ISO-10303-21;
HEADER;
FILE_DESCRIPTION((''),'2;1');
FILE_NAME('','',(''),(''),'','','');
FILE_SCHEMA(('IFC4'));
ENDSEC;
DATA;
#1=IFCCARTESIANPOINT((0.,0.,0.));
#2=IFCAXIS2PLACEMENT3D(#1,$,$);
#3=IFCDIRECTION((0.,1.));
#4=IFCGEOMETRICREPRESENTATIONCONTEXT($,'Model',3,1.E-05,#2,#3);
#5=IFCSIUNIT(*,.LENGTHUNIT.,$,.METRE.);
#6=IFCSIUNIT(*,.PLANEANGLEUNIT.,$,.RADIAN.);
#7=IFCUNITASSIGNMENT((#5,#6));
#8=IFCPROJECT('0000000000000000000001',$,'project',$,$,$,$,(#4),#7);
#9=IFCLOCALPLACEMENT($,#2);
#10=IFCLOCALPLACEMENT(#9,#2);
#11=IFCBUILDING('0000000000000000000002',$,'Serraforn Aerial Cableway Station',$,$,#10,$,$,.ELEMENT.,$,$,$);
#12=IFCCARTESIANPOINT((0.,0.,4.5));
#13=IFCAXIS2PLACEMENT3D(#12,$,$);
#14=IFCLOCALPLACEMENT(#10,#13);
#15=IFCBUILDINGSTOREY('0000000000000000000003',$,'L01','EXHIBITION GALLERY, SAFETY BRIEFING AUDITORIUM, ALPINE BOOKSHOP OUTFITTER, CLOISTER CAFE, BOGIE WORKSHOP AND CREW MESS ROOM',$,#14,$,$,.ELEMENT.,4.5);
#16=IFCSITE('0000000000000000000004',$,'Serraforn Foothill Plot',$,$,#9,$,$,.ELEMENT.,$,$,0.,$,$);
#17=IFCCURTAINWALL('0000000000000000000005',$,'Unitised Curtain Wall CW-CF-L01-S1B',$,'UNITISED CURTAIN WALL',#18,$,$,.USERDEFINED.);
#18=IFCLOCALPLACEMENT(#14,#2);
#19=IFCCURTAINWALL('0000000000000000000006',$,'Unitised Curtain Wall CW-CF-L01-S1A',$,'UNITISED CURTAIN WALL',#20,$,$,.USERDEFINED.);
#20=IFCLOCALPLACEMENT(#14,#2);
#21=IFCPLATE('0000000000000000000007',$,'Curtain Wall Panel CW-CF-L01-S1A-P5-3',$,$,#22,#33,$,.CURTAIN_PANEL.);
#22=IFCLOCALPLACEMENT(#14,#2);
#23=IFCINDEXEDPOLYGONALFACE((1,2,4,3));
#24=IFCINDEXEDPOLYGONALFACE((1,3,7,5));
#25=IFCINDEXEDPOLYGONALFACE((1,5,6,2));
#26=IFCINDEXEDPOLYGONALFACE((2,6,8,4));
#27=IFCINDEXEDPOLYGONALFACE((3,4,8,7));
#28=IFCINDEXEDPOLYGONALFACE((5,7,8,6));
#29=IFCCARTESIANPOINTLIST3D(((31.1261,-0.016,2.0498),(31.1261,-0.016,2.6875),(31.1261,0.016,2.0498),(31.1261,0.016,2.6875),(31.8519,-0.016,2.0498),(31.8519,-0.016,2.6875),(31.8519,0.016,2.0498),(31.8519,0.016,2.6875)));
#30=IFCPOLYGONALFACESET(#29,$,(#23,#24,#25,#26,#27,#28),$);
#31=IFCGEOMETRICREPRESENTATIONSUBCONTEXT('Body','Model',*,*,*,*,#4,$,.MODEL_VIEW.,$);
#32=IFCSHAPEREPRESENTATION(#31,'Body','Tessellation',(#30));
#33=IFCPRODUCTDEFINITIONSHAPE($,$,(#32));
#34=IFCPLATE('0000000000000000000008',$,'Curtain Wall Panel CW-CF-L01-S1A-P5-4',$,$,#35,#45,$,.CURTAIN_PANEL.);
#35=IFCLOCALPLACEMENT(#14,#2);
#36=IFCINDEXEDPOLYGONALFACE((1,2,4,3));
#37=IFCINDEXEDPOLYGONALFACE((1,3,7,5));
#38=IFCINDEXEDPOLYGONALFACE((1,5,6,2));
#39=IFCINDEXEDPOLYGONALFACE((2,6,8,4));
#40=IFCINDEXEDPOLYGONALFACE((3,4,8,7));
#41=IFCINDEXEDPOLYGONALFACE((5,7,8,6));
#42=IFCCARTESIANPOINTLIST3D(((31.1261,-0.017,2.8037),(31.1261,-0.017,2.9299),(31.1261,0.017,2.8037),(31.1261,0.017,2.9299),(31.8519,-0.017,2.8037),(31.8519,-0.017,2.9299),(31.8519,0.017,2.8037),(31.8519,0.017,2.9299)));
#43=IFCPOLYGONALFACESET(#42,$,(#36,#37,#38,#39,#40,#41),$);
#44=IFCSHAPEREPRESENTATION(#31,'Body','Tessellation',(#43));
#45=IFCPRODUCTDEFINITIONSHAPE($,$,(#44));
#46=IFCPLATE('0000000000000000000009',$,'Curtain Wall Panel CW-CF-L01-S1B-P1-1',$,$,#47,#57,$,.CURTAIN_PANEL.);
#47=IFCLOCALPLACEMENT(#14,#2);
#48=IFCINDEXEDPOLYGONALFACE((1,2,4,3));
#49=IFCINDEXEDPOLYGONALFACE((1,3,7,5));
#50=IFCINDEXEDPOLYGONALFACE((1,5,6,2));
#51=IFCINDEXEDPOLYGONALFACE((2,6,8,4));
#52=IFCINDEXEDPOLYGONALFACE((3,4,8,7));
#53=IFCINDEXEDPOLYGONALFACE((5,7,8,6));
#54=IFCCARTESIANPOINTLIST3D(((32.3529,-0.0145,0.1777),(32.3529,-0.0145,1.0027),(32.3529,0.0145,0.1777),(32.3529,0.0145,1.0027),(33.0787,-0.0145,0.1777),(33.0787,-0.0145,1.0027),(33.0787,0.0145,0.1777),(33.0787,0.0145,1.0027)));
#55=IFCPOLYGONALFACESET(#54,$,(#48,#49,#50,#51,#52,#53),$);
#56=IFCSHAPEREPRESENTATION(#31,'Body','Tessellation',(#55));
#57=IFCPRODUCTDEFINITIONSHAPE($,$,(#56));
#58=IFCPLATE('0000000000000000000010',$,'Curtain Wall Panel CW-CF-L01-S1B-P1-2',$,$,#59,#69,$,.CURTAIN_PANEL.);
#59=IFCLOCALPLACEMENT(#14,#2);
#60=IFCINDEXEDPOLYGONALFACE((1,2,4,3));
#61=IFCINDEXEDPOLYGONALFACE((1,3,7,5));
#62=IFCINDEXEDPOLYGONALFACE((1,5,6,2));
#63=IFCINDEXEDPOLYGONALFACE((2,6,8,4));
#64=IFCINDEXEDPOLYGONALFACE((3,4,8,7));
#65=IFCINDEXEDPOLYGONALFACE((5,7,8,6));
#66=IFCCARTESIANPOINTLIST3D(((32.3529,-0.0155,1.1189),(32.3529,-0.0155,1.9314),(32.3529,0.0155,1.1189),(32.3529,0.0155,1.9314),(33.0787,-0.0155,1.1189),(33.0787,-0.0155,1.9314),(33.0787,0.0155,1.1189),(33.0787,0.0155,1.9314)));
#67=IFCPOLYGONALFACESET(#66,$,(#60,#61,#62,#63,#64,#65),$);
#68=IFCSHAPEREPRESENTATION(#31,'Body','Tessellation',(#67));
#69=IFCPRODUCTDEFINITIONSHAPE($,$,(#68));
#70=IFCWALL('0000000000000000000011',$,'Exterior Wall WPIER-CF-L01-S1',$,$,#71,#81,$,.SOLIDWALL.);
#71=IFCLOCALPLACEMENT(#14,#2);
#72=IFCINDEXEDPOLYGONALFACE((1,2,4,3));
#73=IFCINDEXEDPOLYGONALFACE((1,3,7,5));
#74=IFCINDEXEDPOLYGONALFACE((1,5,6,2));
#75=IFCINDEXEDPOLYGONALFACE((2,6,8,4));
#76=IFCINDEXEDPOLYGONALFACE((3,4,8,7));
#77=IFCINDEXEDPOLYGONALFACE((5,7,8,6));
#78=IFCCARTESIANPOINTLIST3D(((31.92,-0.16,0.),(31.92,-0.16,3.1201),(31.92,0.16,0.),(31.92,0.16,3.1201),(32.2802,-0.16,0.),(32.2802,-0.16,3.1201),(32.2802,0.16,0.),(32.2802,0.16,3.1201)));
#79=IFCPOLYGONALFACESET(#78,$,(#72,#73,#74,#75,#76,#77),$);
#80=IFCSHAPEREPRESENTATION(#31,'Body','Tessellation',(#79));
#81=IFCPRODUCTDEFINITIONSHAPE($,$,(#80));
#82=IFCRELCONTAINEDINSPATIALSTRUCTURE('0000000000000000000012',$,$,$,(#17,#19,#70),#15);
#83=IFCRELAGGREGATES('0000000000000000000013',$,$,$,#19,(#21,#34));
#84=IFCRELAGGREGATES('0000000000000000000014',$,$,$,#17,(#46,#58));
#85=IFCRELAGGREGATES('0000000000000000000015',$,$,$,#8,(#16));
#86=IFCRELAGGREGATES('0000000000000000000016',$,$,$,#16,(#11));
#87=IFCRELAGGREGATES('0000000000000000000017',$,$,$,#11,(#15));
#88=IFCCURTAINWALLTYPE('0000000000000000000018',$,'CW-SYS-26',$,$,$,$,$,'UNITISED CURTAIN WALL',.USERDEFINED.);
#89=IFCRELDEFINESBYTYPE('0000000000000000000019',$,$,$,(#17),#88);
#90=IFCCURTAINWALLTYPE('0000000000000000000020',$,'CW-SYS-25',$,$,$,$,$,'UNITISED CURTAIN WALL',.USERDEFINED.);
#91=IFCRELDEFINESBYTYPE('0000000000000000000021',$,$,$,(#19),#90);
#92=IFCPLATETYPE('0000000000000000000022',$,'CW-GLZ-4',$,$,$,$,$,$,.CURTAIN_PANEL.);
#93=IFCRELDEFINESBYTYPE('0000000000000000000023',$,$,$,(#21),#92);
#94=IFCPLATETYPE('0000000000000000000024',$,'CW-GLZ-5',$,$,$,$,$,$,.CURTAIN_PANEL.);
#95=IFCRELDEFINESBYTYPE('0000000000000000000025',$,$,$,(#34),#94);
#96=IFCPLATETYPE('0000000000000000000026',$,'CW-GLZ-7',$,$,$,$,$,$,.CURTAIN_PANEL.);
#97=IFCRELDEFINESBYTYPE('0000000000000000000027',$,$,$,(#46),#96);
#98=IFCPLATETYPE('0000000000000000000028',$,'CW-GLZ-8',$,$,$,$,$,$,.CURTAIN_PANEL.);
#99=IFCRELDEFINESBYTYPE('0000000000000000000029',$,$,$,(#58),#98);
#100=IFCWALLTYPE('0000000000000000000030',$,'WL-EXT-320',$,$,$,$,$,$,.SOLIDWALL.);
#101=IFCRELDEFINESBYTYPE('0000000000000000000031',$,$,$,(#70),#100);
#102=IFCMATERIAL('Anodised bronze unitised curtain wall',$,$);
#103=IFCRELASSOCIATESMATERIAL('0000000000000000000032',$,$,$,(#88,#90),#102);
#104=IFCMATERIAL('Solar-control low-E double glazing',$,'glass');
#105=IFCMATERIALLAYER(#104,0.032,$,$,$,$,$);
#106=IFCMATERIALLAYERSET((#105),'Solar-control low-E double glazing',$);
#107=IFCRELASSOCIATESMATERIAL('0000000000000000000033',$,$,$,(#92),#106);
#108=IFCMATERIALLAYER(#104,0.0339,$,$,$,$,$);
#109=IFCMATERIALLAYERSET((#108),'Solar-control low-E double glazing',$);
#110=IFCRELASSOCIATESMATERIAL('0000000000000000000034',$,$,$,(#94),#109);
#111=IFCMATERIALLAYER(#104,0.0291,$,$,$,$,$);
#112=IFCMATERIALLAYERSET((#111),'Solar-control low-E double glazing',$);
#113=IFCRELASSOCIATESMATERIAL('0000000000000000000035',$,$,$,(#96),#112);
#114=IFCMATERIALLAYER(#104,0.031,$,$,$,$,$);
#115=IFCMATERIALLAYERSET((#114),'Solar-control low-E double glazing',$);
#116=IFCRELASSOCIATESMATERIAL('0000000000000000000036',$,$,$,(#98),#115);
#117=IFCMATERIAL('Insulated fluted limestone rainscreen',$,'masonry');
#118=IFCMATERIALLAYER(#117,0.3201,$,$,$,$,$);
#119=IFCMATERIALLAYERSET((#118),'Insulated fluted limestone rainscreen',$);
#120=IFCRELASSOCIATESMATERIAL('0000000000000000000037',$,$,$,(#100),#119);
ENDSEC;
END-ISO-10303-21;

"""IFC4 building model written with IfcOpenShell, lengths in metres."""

from ifc_helpers import new_model, si_unit, direction, frame, frame_2d, origin, origin_2d, place, context, subcontext, project, spatial, rectangle, extrude, material, layer, layer_set, type_object, element, aggregate, save


model = new_model("IFC4")

# Units and contexts
model_context = context("Model", 3, precision=1e-05, world=origin(), true_north=direction((0.0, 1.0)))
body_context = subcontext(model_context, "Body", "Model", "MODEL_VIEW")
ifc_project = project(units=[si_unit("LENGTHUNIT", "METRE"), si_unit("PLANEANGLEUNIT", "RADIAN")], contexts=[model_context])

# Site, building, storey
site_placement = place(None, origin())
site = spatial("IfcSite", under=ifc_project, at=site_placement, Name="Serraforn Foothill Plot", CompositionType="ELEMENT", RefElevation=0.0)
building_placement = place(site_placement, origin())
building = spatial("IfcBuilding", under=site, at=building_placement, Name="Serraforn Aerial Cableway Station", CompositionType="ELEMENT")
storey_placement = place(building_placement, frame((0.0, 0.0, 4.5)))
storey = spatial("IfcBuildingStorey", under=building, at=storey_placement, Name="L01", Description="EXHIBITION GALLERY, SAFETY BRIEFING AUDITORIUM, ALPINE BOOKSHOP OUTFITTER, CLOISTER CAFE, BOGIE WORKSHOP AND CREW MESS ROOM", CompositionType="ELEMENT", Elevation=4.5)

# Curtain wall
ifc_material_1 = material(Name="Anodised bronze unitised curtain wall")
curtain_wall_type_1 = type_object("IfcCurtainWallType", Name="CW-SYS-26", ElementType="UNITISED CURTAIN WALL", PredefinedType="USERDEFINED", material=ifc_material_1)
curtain_wall_1_placement = place(storey_placement, origin())
curtain_wall_1 = element("IfcCurtainWall", 1, at=curtain_wall_1_placement, inside=storey, type_object=curtain_wall_type_1, Name="Unitised Curtain Wall CW-CF-L01-S1B", ObjectType="UNITISED CURTAIN WALL", PredefinedType="USERDEFINED")

# Curtain wall
curtain_wall_type_2 = type_object("IfcCurtainWallType", Name="CW-SYS-25", ElementType="UNITISED CURTAIN WALL", PredefinedType="USERDEFINED", material=ifc_material_1)
curtain_wall_2_placement = place(storey_placement, origin())
curtain_wall_2 = element("IfcCurtainWall", 2, at=curtain_wall_2_placement, inside=storey, type_object=curtain_wall_type_2, Name="Unitised Curtain Wall CW-CF-L01-S1A", ObjectType="UNITISED CURTAIN WALL", PredefinedType="USERDEFINED")

# Plates
ifc_material_2 = material(Name="Solar-control low-E double glazing", Category="glass")
ifc_layer_1 = layer(ifc_material_2, 0.032)
ifc_layer_set_1 = layer_set([ifc_layer_1], Name="Solar-control low-E double glazing")
plate_type_1 = type_object("IfcPlateType", Name="CW-GLZ-4", PredefinedType="CURTAIN_PANEL", material=ifc_layer_set_1)
plate_1_placement = place(storey_placement, frame((31.489, 0.0, 2.0498), z_axis=(0.0, 0.0, 1.0), x_axis=(1.0, 0.0, 0.0)))
plate_1 = element("IfcPlate", 3, at=plate_1_placement, type_object=plate_type_1, Name="Curtain Wall Panel CW-CF-L01-S1A-P5-3", PredefinedType="CURTAIN_PANEL", context=body_context, shape_type="SweptSolid", body=[
    extrude(rectangle(XDim=0.7258, YDim=0.032, at=origin_2d()), origin(), (0.0, 0.0, 1.0), 0.6377),
])
ifc_layer_2 = layer(ifc_material_2, 0.0339)
ifc_layer_set_2 = layer_set([ifc_layer_2], Name="Solar-control low-E double glazing")
plate_type_2 = type_object("IfcPlateType", Name="CW-GLZ-5", PredefinedType="CURTAIN_PANEL", material=ifc_layer_set_2)
plate_2_placement = place(storey_placement, frame((31.489, 0.0, 2.8037), z_axis=(0.0, 0.0, 1.0), x_axis=(1.0, 0.0, 0.0)))
plate_2 = element("IfcPlate", 4, at=plate_2_placement, type_object=plate_type_2, Name="Curtain Wall Panel CW-CF-L01-S1A-P5-4", PredefinedType="CURTAIN_PANEL", context=body_context, shape_type="SweptSolid", body=[
    extrude(rectangle(XDim=0.7258, YDim=0.0339, at=origin_2d()), origin(), (0.0, 0.0, 1.0), 0.1262),
])
aggregate(curtain_wall_2, [plate_1, plate_2])
ifc_layer_3 = layer(ifc_material_2, 0.0291)
ifc_layer_set_3 = layer_set([ifc_layer_3], Name="Solar-control low-E double glazing")
plate_type_3 = type_object("IfcPlateType", Name="CW-GLZ-7", PredefinedType="CURTAIN_PANEL", material=ifc_layer_set_3)
plate_3_placement = place(storey_placement, frame((32.7158, 0.0, 0.1777), z_axis=(0.0, 0.0, 1.0), x_axis=(1.0, 0.0, 0.0)))
plate_3 = element("IfcPlate", 5, at=plate_3_placement, type_object=plate_type_3, Name="Curtain Wall Panel CW-CF-L01-S1B-P1-1", PredefinedType="CURTAIN_PANEL", context=body_context, shape_type="SweptSolid", body=[
    extrude(rectangle(XDim=0.7258, YDim=0.0291, at=origin_2d()), origin(), (0.0, 0.0, 1.0), 0.825),
])
ifc_layer_4 = layer(ifc_material_2, 0.031)
ifc_layer_set_4 = layer_set([ifc_layer_4], Name="Solar-control low-E double glazing")
plate_type_4 = type_object("IfcPlateType", Name="CW-GLZ-8", PredefinedType="CURTAIN_PANEL", material=ifc_layer_set_4)
plate_4_placement = place(storey_placement, frame((32.7158, 0.0, 1.1189), z_axis=(0.0, 0.0, 1.0), x_axis=(1.0, 0.0, 0.0)))
plate_4 = element("IfcPlate", 6, at=plate_4_placement, type_object=plate_type_4, Name="Curtain Wall Panel CW-CF-L01-S1B-P1-2", PredefinedType="CURTAIN_PANEL", context=body_context, shape_type="SweptSolid", body=[
    extrude(rectangle(XDim=0.7258, YDim=0.031, at=origin_2d()), origin(), (0.0, 0.0, 1.0), 0.8125),
])
aggregate(curtain_wall_1, [plate_3, plate_4])

# Wall
ifc_material_3 = material(Name="Insulated fluted limestone rainscreen", Category="masonry")
ifc_layer_5 = layer(ifc_material_3, 0.3201)
ifc_layer_set_5 = layer_set([ifc_layer_5], Name="Insulated fluted limestone rainscreen")
wall_type = type_object("IfcWallType", Name="WL-EXT-320", PredefinedType="SOLIDWALL", material=ifc_layer_set_5)
wall_placement = place(storey_placement, frame((31.9199, 0.0, 0.0), z_axis=(0.0, 0.0, 1.0), x_axis=(1.0, 0.0, 0.0)))
element("IfcWall", 7, at=wall_placement, inside=storey, type_object=wall_type, Name="Exterior Wall WPIER-CF-L01-S1", PredefinedType="SOLIDWALL", context=body_context, shape_type="SweptSolid", body=[
    extrude(rectangle(XDim=0.3601, YDim=0.3201, at=frame_2d((0.1802, 0.0))), origin(), (0.0, 0.0, 1.0), 3.1201),
])

save(model, "model.ifc")
